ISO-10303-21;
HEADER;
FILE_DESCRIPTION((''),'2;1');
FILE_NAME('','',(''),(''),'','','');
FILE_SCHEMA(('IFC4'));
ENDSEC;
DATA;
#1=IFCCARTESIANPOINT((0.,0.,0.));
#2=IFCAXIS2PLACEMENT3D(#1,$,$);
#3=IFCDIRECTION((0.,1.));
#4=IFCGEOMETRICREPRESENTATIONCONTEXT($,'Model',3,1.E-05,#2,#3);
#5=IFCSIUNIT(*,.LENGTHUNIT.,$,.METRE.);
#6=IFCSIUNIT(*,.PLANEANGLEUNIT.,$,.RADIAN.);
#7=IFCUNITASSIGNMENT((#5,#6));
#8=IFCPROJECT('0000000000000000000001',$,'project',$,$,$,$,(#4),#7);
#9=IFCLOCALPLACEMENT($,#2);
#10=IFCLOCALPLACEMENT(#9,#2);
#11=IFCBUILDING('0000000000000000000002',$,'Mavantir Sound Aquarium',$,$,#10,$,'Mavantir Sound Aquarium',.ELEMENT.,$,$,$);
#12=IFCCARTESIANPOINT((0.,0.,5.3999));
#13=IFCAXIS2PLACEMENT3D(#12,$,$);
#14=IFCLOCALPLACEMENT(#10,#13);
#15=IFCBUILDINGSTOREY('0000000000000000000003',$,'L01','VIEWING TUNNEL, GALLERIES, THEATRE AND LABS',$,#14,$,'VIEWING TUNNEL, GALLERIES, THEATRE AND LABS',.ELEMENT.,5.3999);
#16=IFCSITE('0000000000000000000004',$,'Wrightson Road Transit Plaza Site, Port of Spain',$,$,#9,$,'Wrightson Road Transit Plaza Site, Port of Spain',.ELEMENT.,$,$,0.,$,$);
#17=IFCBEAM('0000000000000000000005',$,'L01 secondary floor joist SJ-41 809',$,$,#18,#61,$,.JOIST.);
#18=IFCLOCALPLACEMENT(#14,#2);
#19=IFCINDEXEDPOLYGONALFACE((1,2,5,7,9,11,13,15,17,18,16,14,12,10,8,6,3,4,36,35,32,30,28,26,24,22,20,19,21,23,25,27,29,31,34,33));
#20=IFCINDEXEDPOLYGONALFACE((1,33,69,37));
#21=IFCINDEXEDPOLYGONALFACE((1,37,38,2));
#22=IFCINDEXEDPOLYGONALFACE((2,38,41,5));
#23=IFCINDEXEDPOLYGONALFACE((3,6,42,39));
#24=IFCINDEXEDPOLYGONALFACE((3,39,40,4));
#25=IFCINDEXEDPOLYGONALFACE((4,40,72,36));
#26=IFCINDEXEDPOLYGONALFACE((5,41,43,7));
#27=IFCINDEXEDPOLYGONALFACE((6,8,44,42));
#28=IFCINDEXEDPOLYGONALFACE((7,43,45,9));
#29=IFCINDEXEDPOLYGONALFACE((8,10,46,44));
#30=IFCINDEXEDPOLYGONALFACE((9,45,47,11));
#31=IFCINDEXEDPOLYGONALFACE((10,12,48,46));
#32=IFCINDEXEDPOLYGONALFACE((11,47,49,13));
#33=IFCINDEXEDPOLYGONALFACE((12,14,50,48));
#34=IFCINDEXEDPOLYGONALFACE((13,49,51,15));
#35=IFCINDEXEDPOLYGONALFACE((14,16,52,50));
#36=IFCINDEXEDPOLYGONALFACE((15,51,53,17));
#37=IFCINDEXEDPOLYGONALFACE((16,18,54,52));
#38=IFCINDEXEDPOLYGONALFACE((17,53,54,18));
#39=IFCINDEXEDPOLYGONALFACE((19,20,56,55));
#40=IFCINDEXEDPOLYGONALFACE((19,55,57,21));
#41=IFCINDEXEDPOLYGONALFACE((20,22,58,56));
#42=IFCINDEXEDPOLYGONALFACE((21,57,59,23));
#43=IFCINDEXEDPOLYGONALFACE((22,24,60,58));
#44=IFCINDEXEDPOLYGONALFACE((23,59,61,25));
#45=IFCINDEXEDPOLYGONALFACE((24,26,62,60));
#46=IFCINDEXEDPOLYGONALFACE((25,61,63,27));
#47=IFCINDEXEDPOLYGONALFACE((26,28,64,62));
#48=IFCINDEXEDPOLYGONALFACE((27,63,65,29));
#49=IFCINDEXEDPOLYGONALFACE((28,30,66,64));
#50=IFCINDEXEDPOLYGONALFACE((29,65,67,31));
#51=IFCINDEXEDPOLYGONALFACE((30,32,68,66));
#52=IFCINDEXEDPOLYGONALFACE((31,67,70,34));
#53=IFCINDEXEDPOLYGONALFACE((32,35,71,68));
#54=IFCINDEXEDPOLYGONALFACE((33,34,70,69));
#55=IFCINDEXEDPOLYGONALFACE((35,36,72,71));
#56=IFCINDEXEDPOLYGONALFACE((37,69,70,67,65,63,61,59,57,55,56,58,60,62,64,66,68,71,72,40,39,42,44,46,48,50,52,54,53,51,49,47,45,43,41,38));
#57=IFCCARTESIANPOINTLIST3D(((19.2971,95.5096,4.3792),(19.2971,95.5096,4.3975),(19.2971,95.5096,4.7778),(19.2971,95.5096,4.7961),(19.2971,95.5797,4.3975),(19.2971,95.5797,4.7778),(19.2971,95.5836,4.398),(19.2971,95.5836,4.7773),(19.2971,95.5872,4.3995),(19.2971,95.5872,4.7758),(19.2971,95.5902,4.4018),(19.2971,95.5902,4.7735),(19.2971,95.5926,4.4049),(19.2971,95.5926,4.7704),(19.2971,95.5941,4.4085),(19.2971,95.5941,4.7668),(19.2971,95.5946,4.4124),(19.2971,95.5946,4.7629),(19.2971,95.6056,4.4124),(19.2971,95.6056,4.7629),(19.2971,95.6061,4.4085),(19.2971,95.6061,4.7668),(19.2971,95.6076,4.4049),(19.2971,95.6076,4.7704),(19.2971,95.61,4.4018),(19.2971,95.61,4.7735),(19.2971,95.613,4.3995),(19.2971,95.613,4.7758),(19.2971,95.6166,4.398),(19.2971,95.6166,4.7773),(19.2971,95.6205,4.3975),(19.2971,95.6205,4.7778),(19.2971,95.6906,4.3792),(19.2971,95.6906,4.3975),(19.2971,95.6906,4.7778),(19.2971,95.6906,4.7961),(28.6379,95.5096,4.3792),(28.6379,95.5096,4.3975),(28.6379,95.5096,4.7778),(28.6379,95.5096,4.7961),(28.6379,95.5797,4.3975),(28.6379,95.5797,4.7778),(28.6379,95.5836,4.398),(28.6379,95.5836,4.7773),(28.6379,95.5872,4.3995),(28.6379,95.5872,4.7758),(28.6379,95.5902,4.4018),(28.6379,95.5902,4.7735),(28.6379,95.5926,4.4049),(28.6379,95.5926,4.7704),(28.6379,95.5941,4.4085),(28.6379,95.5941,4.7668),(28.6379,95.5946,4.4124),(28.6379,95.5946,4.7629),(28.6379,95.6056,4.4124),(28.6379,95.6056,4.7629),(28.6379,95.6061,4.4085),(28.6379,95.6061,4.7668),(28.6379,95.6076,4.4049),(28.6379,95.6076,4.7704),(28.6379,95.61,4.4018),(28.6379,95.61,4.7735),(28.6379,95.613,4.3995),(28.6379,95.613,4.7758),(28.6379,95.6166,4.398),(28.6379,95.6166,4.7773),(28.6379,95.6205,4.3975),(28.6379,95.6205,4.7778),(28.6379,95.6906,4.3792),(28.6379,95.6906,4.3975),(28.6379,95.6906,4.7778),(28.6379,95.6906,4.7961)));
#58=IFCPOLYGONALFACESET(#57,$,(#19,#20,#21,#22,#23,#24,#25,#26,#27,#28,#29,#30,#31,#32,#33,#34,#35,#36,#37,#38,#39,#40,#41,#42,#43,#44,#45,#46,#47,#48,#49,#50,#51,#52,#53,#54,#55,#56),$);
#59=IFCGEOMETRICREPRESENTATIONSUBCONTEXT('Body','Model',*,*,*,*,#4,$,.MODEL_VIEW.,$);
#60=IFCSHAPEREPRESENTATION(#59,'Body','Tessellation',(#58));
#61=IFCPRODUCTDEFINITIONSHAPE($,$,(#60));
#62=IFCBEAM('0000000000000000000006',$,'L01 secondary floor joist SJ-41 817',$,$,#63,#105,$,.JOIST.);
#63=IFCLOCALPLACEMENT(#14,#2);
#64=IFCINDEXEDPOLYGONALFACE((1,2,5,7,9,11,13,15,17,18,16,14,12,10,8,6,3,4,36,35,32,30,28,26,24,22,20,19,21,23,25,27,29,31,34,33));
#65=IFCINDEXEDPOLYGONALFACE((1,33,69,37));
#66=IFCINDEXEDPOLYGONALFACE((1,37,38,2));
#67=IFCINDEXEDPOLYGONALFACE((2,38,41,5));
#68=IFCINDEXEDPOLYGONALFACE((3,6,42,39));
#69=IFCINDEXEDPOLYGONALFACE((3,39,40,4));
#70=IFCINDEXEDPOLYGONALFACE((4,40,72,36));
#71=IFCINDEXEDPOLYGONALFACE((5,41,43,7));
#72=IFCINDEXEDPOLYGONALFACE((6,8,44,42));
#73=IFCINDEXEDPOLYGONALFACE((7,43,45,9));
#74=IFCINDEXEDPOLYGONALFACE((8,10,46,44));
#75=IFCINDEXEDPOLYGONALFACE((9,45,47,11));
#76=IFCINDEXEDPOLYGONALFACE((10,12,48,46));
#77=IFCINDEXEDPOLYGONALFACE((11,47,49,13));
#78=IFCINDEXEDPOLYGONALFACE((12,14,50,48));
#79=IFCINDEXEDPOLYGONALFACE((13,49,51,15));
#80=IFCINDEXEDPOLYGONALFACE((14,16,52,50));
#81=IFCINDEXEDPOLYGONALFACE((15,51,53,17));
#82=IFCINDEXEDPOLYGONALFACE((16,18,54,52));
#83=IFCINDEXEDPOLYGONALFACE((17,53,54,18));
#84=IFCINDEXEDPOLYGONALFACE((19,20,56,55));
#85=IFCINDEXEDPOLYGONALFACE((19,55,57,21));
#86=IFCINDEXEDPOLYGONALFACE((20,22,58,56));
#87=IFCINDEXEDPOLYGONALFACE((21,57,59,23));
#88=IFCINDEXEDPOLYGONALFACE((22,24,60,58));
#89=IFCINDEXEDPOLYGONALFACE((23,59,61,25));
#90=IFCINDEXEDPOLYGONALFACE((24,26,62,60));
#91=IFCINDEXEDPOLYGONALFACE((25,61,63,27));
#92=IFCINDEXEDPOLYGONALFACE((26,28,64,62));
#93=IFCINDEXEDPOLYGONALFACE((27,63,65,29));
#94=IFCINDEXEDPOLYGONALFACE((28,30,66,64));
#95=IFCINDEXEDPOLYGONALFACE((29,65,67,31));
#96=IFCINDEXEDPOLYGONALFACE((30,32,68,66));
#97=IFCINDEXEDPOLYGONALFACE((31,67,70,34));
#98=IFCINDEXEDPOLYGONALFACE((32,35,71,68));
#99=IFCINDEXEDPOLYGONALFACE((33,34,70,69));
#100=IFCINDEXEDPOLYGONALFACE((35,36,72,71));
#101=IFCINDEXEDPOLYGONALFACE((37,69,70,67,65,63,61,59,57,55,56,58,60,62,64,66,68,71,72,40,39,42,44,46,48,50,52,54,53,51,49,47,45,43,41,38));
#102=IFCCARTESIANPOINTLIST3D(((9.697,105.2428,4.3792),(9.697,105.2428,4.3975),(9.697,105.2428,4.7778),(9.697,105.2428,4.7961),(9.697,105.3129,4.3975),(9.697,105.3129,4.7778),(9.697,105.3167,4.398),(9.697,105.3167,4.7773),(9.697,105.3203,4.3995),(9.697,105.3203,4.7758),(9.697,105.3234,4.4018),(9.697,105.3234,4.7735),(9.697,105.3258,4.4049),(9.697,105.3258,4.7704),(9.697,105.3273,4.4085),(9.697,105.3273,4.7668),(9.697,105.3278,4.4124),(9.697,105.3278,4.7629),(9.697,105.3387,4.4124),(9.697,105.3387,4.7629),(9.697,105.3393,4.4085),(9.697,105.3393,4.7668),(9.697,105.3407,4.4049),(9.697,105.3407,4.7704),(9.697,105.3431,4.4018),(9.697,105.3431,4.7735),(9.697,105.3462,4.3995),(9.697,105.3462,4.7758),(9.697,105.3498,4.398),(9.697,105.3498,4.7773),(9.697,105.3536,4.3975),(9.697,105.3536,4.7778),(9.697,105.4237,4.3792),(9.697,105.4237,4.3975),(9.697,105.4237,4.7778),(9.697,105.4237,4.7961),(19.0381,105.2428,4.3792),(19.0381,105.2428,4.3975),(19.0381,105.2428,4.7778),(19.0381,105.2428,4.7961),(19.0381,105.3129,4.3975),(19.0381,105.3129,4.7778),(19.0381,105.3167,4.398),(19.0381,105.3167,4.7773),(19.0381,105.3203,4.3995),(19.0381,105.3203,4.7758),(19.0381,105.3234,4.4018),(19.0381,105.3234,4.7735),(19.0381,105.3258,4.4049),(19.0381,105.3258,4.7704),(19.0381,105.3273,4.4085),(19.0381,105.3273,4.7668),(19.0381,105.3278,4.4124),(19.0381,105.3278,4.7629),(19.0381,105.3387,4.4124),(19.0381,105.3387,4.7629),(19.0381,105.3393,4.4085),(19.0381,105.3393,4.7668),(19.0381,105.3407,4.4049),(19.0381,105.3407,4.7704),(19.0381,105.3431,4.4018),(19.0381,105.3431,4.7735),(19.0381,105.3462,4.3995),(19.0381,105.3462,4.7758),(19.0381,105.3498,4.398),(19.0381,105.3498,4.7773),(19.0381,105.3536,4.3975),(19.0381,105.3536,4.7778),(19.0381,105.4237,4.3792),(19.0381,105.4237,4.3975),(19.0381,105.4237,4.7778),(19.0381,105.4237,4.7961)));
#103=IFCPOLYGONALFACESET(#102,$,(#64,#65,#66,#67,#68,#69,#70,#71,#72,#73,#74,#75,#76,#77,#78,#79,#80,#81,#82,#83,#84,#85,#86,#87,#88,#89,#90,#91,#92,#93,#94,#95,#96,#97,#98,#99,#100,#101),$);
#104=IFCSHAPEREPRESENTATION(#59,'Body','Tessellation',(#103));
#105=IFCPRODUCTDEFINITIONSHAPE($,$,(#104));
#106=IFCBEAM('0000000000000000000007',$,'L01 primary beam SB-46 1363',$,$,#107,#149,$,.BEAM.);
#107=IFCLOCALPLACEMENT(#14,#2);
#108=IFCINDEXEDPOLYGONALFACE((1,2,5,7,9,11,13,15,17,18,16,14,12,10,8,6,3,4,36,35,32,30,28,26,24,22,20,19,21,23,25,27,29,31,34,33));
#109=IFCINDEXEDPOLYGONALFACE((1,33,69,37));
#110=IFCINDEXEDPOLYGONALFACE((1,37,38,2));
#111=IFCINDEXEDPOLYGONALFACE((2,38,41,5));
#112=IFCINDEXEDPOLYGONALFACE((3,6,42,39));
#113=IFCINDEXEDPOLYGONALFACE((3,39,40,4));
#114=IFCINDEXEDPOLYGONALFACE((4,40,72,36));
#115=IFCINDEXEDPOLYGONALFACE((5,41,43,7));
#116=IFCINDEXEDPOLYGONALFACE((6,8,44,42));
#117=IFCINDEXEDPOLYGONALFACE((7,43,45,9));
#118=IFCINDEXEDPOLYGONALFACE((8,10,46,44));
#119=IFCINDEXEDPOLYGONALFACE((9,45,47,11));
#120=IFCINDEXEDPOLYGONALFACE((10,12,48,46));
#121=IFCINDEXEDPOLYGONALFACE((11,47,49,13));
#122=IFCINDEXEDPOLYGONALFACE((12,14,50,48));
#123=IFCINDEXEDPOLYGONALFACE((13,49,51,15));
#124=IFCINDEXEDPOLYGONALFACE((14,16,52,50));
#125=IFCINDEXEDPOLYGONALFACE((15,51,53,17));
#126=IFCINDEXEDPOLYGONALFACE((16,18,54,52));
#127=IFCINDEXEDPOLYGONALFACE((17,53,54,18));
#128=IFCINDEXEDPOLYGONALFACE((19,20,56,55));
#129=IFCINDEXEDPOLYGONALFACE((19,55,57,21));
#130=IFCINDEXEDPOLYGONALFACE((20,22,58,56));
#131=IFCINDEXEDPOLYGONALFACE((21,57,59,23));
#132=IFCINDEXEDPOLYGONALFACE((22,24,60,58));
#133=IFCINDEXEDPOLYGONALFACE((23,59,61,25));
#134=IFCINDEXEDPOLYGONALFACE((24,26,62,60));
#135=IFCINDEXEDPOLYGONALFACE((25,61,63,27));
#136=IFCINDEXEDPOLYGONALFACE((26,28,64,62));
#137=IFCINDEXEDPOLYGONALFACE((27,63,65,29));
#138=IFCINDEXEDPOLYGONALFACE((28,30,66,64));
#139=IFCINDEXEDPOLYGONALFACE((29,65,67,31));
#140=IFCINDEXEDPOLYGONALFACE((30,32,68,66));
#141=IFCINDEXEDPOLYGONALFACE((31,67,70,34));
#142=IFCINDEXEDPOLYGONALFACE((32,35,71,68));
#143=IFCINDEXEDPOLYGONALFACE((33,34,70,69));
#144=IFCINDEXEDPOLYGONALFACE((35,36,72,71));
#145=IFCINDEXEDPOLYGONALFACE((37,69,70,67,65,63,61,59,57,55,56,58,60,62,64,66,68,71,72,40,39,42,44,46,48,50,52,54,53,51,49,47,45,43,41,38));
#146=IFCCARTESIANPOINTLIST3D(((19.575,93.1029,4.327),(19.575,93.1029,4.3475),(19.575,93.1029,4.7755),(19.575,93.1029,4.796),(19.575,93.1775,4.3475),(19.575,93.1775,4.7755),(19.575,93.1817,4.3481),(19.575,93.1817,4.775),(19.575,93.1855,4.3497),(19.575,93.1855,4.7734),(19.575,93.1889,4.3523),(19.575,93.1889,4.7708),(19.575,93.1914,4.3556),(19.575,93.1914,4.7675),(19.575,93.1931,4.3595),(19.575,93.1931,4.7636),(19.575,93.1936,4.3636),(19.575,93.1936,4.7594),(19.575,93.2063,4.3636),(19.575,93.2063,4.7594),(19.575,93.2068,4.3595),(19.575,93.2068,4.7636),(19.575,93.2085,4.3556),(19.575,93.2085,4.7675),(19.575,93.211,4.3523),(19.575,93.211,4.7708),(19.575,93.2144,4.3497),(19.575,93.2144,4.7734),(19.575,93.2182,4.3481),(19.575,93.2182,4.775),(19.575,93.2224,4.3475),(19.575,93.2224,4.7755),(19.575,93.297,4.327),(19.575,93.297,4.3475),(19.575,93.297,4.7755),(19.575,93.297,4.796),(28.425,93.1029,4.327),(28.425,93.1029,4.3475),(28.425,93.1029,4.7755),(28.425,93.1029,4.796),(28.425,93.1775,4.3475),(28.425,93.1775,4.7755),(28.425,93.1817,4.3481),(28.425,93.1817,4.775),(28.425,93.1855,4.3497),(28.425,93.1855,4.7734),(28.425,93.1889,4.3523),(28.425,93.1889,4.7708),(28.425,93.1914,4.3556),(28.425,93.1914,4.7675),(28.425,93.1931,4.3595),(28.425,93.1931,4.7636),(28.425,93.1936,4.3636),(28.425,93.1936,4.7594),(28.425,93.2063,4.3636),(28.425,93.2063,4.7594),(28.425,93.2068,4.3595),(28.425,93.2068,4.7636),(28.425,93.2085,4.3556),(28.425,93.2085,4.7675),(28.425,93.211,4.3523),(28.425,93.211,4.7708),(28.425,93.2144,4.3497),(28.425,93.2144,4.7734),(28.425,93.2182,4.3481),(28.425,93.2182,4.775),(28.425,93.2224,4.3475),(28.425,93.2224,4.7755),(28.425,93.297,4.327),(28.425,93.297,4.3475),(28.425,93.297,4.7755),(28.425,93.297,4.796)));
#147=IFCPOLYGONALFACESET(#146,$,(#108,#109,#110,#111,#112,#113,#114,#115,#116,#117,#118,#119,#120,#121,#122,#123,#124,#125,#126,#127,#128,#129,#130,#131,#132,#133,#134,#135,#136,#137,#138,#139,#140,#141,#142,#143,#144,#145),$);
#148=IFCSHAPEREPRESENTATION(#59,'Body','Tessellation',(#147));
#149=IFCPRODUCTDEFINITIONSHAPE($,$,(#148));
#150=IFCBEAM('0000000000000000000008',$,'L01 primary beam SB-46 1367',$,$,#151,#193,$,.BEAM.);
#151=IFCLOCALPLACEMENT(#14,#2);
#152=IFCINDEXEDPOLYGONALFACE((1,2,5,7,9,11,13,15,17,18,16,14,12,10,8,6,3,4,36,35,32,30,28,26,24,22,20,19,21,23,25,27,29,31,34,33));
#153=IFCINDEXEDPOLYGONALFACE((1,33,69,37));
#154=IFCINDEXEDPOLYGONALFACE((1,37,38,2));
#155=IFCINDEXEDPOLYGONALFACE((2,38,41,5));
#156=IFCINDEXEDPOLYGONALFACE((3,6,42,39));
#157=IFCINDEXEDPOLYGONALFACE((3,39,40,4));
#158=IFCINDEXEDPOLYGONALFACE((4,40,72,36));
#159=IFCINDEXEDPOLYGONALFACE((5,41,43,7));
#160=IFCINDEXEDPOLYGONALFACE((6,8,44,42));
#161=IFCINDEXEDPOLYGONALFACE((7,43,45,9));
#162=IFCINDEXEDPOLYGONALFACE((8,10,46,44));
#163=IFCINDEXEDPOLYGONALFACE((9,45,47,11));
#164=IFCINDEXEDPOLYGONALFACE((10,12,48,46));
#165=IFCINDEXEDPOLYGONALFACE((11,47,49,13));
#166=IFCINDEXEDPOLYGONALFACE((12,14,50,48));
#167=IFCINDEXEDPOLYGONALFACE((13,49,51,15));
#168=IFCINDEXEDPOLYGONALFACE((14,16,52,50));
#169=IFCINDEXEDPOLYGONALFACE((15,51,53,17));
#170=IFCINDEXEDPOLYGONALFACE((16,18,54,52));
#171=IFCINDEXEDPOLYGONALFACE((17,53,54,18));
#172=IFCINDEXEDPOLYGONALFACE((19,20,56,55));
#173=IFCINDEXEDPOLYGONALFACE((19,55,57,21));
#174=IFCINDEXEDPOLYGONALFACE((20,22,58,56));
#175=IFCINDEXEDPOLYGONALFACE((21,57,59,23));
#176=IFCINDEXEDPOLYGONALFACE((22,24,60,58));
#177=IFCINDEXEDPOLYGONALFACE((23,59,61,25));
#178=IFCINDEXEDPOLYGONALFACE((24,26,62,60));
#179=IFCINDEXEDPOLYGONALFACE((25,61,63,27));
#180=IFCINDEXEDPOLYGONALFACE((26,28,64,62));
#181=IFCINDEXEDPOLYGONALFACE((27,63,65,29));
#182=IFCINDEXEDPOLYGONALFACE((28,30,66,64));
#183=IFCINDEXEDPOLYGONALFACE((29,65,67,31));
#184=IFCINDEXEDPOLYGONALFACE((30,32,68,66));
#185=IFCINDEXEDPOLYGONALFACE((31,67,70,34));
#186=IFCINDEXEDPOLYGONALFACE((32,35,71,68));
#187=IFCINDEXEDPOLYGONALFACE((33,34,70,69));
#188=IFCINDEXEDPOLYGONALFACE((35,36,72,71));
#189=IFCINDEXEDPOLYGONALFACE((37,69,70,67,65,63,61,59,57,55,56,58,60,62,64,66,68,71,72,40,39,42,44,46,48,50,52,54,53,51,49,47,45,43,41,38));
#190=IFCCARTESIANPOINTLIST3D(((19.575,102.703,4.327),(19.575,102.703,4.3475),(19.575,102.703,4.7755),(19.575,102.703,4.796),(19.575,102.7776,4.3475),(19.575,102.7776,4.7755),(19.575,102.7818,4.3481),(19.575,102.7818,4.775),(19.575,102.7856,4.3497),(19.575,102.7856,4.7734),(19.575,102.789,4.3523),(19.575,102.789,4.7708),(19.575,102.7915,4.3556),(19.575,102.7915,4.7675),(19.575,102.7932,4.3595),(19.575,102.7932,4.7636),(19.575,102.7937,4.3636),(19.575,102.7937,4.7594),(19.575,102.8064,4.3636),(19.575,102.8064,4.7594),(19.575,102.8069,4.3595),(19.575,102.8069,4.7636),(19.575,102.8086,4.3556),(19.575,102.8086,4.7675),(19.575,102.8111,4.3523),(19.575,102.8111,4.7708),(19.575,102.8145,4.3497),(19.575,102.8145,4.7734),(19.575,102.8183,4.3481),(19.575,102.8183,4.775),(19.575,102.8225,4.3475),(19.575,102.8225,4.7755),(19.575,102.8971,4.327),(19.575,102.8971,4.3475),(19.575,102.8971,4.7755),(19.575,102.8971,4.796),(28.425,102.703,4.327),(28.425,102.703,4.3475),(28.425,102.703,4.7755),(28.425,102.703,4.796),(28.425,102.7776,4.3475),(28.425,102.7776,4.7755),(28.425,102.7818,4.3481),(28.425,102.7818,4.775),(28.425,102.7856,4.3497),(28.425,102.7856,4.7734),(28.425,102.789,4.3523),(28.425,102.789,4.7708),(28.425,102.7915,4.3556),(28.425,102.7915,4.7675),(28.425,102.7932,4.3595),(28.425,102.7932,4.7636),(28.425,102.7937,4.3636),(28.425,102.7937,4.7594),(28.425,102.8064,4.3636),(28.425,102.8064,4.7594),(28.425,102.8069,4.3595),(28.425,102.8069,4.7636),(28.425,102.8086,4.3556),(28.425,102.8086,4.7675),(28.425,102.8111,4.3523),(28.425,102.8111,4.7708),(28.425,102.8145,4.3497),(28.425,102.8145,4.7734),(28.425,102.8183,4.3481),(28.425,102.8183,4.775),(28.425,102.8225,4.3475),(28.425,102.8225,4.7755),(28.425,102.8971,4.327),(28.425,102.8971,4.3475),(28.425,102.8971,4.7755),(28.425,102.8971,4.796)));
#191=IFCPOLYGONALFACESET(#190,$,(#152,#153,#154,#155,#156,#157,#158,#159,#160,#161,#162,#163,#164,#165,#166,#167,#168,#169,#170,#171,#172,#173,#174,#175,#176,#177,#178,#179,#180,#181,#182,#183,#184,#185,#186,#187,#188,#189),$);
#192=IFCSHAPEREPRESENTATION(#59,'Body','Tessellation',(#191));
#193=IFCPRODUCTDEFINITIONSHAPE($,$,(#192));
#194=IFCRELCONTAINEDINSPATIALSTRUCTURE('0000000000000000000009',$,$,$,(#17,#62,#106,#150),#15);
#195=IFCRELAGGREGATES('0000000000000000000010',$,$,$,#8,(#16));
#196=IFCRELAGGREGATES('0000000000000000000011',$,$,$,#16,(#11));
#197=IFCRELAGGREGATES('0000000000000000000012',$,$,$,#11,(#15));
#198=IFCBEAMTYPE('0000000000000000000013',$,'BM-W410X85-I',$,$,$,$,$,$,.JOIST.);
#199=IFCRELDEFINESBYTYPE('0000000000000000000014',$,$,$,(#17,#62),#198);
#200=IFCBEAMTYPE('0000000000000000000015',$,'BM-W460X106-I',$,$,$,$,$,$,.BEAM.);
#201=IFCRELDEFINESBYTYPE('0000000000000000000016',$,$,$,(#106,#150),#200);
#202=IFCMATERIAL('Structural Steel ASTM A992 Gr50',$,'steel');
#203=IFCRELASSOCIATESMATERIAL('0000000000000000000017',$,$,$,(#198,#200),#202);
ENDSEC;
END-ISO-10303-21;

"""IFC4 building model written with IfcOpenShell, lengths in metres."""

from ifc_helpers import new_model, si_unit, direction, frame, origin, origin_2d, place, context, subcontext, project, spatial, i_section, extrude, material, material_profile, profile_set, type_object, element, save


model = new_model("IFC4")

# Units and contexts
model_context = context("Model", 3, precision=1e-05, world=origin(), true_north=direction((0.0, 1.0)))
body_context = subcontext(model_context, "Body", "Model", "MODEL_VIEW")
ifc_project = project(units=[si_unit("LENGTHUNIT", "METRE"), si_unit("PLANEANGLEUNIT", "RADIAN")], contexts=[model_context])

# Site, building, storey
site_placement = place(None, origin())
site = spatial("IfcSite", under=ifc_project, at=site_placement, Name="Wrightson Road Transit Plaza Site, Port of Spain", LongName="Wrightson Road Transit Plaza Site, Port of Spain", CompositionType="ELEMENT", RefElevation=0.0)
building_placement = place(site_placement, origin())
building = spatial("IfcBuilding", under=site, at=building_placement, Name="Mavantir Sound Aquarium", LongName="Mavantir Sound Aquarium", CompositionType="ELEMENT")
storey_placement = place(building_placement, frame((0.0, 0.0, 5.3999)))
storey = spatial("IfcBuildingStorey", under=building, at=storey_placement, Name="L01", Description="VIEWING TUNNEL, GALLERIES, THEATRE AND LABS", LongName="VIEWING TUNNEL, GALLERIES, THEATRE AND LABS", CompositionType="ELEMENT", Elevation=5.3999)

# Beams
ifc_material_1 = material(Name="Structural Steel ASTM A992 Gr50", Category="steel")
ifc_material_profile_1 = material_profile(ifc_material_1, i_section(OverallWidth=0.1809, OverallDepth=0.417, WebThickness=0.011, FlangeThickness=0.0183, FilletRadius=0.0149, at=origin_2d()), Name="W410X85")
ifc_profile_set_1 = profile_set([ifc_material_profile_1], Name="Structural Steel ASTM A992 Gr50")
beam_type_1 = type_object("IfcBeamType", Name="BM-W410X85-I", PredefinedType="JOIST", material=ifc_profile_set_1)
beam_1_placement = place(storey_placement, frame((19.2971, 95.6001, 4.5876), z_axis=(1.0, 0.0, 0.0), x_axis=(0.0, 1.0, 0.0)))
element("IfcBeam", 1, at=beam_1_placement, inside=storey, type_object=beam_type_1, Name="L01 secondary floor joist SJ-41 809", PredefinedType="JOIST", context=body_context, shape_type="SweptSolid", body=[
    extrude(i_section(OverallWidth=0.1809, OverallDepth=0.417, WebThickness=0.011, FlangeThickness=0.0183, FilletRadius=0.0149, at=origin_2d()), origin(), (0.0, 0.0, 1.0), 9.3408),
])
beam_2_placement = place(storey_placement, frame((9.697, 105.3333, 4.5876), z_axis=(1.0, 0.0, 0.0), x_axis=(0.0, 1.0, 0.0)))
element("IfcBeam", 2, at=beam_2_placement, inside=storey, type_object=beam_type_1, Name="L01 secondary floor joist SJ-41 817", PredefinedType="JOIST", context=body_context, shape_type="SweptSolid", body=[
    extrude(i_section(OverallWidth=0.1809, OverallDepth=0.417, WebThickness=0.011, FlangeThickness=0.0183, FilletRadius=0.0149, at=origin_2d()), origin(), (0.0, 0.0, 1.0), 9.3411),
])
ifc_material_profile_2 = material_profile(ifc_material_1, i_section(OverallWidth=0.1941, OverallDepth=0.469, WebThickness=0.0127, FlangeThickness=0.0205, FilletRadius=0.0161, at=origin_2d()), Name="W460X106")
ifc_profile_set_2 = profile_set([ifc_material_profile_2], Name="Structural Steel ASTM A992 Gr50")
beam_type_2 = type_object("IfcBeamType", Name="BM-W460X106-I", PredefinedType="BEAM", material=ifc_profile_set_2)
for number, where, z_axis, x_axis, name in (
    (3, (19.575, 93.2, 4.5615), (1.0, 0.0, 0.0), (0.0, 1.0, 0.0), "L01 primary beam SB-46 1363"),
    (4, (19.575, 102.8, 4.5615), (1.0, 0.0, 0.0), (0.0, 1.0, 0.0), "L01 primary beam SB-46 1367"),
):
    element("IfcBeam", number, at=place(storey_placement, frame(where, z_axis=z_axis, x_axis=x_axis)), inside=storey, type_object=beam_type_2, Name=name, PredefinedType="BEAM", context=body_context, shape_type="SweptSolid", body=[
        extrude(i_section(OverallWidth=0.1941, OverallDepth=0.469, WebThickness=0.0127, FlangeThickness=0.0205, FilletRadius=0.0161, at=origin_2d()), origin(), (0.0, 0.0, 1.0), 8.8501),
    ])

save(model, "model.ifc")
